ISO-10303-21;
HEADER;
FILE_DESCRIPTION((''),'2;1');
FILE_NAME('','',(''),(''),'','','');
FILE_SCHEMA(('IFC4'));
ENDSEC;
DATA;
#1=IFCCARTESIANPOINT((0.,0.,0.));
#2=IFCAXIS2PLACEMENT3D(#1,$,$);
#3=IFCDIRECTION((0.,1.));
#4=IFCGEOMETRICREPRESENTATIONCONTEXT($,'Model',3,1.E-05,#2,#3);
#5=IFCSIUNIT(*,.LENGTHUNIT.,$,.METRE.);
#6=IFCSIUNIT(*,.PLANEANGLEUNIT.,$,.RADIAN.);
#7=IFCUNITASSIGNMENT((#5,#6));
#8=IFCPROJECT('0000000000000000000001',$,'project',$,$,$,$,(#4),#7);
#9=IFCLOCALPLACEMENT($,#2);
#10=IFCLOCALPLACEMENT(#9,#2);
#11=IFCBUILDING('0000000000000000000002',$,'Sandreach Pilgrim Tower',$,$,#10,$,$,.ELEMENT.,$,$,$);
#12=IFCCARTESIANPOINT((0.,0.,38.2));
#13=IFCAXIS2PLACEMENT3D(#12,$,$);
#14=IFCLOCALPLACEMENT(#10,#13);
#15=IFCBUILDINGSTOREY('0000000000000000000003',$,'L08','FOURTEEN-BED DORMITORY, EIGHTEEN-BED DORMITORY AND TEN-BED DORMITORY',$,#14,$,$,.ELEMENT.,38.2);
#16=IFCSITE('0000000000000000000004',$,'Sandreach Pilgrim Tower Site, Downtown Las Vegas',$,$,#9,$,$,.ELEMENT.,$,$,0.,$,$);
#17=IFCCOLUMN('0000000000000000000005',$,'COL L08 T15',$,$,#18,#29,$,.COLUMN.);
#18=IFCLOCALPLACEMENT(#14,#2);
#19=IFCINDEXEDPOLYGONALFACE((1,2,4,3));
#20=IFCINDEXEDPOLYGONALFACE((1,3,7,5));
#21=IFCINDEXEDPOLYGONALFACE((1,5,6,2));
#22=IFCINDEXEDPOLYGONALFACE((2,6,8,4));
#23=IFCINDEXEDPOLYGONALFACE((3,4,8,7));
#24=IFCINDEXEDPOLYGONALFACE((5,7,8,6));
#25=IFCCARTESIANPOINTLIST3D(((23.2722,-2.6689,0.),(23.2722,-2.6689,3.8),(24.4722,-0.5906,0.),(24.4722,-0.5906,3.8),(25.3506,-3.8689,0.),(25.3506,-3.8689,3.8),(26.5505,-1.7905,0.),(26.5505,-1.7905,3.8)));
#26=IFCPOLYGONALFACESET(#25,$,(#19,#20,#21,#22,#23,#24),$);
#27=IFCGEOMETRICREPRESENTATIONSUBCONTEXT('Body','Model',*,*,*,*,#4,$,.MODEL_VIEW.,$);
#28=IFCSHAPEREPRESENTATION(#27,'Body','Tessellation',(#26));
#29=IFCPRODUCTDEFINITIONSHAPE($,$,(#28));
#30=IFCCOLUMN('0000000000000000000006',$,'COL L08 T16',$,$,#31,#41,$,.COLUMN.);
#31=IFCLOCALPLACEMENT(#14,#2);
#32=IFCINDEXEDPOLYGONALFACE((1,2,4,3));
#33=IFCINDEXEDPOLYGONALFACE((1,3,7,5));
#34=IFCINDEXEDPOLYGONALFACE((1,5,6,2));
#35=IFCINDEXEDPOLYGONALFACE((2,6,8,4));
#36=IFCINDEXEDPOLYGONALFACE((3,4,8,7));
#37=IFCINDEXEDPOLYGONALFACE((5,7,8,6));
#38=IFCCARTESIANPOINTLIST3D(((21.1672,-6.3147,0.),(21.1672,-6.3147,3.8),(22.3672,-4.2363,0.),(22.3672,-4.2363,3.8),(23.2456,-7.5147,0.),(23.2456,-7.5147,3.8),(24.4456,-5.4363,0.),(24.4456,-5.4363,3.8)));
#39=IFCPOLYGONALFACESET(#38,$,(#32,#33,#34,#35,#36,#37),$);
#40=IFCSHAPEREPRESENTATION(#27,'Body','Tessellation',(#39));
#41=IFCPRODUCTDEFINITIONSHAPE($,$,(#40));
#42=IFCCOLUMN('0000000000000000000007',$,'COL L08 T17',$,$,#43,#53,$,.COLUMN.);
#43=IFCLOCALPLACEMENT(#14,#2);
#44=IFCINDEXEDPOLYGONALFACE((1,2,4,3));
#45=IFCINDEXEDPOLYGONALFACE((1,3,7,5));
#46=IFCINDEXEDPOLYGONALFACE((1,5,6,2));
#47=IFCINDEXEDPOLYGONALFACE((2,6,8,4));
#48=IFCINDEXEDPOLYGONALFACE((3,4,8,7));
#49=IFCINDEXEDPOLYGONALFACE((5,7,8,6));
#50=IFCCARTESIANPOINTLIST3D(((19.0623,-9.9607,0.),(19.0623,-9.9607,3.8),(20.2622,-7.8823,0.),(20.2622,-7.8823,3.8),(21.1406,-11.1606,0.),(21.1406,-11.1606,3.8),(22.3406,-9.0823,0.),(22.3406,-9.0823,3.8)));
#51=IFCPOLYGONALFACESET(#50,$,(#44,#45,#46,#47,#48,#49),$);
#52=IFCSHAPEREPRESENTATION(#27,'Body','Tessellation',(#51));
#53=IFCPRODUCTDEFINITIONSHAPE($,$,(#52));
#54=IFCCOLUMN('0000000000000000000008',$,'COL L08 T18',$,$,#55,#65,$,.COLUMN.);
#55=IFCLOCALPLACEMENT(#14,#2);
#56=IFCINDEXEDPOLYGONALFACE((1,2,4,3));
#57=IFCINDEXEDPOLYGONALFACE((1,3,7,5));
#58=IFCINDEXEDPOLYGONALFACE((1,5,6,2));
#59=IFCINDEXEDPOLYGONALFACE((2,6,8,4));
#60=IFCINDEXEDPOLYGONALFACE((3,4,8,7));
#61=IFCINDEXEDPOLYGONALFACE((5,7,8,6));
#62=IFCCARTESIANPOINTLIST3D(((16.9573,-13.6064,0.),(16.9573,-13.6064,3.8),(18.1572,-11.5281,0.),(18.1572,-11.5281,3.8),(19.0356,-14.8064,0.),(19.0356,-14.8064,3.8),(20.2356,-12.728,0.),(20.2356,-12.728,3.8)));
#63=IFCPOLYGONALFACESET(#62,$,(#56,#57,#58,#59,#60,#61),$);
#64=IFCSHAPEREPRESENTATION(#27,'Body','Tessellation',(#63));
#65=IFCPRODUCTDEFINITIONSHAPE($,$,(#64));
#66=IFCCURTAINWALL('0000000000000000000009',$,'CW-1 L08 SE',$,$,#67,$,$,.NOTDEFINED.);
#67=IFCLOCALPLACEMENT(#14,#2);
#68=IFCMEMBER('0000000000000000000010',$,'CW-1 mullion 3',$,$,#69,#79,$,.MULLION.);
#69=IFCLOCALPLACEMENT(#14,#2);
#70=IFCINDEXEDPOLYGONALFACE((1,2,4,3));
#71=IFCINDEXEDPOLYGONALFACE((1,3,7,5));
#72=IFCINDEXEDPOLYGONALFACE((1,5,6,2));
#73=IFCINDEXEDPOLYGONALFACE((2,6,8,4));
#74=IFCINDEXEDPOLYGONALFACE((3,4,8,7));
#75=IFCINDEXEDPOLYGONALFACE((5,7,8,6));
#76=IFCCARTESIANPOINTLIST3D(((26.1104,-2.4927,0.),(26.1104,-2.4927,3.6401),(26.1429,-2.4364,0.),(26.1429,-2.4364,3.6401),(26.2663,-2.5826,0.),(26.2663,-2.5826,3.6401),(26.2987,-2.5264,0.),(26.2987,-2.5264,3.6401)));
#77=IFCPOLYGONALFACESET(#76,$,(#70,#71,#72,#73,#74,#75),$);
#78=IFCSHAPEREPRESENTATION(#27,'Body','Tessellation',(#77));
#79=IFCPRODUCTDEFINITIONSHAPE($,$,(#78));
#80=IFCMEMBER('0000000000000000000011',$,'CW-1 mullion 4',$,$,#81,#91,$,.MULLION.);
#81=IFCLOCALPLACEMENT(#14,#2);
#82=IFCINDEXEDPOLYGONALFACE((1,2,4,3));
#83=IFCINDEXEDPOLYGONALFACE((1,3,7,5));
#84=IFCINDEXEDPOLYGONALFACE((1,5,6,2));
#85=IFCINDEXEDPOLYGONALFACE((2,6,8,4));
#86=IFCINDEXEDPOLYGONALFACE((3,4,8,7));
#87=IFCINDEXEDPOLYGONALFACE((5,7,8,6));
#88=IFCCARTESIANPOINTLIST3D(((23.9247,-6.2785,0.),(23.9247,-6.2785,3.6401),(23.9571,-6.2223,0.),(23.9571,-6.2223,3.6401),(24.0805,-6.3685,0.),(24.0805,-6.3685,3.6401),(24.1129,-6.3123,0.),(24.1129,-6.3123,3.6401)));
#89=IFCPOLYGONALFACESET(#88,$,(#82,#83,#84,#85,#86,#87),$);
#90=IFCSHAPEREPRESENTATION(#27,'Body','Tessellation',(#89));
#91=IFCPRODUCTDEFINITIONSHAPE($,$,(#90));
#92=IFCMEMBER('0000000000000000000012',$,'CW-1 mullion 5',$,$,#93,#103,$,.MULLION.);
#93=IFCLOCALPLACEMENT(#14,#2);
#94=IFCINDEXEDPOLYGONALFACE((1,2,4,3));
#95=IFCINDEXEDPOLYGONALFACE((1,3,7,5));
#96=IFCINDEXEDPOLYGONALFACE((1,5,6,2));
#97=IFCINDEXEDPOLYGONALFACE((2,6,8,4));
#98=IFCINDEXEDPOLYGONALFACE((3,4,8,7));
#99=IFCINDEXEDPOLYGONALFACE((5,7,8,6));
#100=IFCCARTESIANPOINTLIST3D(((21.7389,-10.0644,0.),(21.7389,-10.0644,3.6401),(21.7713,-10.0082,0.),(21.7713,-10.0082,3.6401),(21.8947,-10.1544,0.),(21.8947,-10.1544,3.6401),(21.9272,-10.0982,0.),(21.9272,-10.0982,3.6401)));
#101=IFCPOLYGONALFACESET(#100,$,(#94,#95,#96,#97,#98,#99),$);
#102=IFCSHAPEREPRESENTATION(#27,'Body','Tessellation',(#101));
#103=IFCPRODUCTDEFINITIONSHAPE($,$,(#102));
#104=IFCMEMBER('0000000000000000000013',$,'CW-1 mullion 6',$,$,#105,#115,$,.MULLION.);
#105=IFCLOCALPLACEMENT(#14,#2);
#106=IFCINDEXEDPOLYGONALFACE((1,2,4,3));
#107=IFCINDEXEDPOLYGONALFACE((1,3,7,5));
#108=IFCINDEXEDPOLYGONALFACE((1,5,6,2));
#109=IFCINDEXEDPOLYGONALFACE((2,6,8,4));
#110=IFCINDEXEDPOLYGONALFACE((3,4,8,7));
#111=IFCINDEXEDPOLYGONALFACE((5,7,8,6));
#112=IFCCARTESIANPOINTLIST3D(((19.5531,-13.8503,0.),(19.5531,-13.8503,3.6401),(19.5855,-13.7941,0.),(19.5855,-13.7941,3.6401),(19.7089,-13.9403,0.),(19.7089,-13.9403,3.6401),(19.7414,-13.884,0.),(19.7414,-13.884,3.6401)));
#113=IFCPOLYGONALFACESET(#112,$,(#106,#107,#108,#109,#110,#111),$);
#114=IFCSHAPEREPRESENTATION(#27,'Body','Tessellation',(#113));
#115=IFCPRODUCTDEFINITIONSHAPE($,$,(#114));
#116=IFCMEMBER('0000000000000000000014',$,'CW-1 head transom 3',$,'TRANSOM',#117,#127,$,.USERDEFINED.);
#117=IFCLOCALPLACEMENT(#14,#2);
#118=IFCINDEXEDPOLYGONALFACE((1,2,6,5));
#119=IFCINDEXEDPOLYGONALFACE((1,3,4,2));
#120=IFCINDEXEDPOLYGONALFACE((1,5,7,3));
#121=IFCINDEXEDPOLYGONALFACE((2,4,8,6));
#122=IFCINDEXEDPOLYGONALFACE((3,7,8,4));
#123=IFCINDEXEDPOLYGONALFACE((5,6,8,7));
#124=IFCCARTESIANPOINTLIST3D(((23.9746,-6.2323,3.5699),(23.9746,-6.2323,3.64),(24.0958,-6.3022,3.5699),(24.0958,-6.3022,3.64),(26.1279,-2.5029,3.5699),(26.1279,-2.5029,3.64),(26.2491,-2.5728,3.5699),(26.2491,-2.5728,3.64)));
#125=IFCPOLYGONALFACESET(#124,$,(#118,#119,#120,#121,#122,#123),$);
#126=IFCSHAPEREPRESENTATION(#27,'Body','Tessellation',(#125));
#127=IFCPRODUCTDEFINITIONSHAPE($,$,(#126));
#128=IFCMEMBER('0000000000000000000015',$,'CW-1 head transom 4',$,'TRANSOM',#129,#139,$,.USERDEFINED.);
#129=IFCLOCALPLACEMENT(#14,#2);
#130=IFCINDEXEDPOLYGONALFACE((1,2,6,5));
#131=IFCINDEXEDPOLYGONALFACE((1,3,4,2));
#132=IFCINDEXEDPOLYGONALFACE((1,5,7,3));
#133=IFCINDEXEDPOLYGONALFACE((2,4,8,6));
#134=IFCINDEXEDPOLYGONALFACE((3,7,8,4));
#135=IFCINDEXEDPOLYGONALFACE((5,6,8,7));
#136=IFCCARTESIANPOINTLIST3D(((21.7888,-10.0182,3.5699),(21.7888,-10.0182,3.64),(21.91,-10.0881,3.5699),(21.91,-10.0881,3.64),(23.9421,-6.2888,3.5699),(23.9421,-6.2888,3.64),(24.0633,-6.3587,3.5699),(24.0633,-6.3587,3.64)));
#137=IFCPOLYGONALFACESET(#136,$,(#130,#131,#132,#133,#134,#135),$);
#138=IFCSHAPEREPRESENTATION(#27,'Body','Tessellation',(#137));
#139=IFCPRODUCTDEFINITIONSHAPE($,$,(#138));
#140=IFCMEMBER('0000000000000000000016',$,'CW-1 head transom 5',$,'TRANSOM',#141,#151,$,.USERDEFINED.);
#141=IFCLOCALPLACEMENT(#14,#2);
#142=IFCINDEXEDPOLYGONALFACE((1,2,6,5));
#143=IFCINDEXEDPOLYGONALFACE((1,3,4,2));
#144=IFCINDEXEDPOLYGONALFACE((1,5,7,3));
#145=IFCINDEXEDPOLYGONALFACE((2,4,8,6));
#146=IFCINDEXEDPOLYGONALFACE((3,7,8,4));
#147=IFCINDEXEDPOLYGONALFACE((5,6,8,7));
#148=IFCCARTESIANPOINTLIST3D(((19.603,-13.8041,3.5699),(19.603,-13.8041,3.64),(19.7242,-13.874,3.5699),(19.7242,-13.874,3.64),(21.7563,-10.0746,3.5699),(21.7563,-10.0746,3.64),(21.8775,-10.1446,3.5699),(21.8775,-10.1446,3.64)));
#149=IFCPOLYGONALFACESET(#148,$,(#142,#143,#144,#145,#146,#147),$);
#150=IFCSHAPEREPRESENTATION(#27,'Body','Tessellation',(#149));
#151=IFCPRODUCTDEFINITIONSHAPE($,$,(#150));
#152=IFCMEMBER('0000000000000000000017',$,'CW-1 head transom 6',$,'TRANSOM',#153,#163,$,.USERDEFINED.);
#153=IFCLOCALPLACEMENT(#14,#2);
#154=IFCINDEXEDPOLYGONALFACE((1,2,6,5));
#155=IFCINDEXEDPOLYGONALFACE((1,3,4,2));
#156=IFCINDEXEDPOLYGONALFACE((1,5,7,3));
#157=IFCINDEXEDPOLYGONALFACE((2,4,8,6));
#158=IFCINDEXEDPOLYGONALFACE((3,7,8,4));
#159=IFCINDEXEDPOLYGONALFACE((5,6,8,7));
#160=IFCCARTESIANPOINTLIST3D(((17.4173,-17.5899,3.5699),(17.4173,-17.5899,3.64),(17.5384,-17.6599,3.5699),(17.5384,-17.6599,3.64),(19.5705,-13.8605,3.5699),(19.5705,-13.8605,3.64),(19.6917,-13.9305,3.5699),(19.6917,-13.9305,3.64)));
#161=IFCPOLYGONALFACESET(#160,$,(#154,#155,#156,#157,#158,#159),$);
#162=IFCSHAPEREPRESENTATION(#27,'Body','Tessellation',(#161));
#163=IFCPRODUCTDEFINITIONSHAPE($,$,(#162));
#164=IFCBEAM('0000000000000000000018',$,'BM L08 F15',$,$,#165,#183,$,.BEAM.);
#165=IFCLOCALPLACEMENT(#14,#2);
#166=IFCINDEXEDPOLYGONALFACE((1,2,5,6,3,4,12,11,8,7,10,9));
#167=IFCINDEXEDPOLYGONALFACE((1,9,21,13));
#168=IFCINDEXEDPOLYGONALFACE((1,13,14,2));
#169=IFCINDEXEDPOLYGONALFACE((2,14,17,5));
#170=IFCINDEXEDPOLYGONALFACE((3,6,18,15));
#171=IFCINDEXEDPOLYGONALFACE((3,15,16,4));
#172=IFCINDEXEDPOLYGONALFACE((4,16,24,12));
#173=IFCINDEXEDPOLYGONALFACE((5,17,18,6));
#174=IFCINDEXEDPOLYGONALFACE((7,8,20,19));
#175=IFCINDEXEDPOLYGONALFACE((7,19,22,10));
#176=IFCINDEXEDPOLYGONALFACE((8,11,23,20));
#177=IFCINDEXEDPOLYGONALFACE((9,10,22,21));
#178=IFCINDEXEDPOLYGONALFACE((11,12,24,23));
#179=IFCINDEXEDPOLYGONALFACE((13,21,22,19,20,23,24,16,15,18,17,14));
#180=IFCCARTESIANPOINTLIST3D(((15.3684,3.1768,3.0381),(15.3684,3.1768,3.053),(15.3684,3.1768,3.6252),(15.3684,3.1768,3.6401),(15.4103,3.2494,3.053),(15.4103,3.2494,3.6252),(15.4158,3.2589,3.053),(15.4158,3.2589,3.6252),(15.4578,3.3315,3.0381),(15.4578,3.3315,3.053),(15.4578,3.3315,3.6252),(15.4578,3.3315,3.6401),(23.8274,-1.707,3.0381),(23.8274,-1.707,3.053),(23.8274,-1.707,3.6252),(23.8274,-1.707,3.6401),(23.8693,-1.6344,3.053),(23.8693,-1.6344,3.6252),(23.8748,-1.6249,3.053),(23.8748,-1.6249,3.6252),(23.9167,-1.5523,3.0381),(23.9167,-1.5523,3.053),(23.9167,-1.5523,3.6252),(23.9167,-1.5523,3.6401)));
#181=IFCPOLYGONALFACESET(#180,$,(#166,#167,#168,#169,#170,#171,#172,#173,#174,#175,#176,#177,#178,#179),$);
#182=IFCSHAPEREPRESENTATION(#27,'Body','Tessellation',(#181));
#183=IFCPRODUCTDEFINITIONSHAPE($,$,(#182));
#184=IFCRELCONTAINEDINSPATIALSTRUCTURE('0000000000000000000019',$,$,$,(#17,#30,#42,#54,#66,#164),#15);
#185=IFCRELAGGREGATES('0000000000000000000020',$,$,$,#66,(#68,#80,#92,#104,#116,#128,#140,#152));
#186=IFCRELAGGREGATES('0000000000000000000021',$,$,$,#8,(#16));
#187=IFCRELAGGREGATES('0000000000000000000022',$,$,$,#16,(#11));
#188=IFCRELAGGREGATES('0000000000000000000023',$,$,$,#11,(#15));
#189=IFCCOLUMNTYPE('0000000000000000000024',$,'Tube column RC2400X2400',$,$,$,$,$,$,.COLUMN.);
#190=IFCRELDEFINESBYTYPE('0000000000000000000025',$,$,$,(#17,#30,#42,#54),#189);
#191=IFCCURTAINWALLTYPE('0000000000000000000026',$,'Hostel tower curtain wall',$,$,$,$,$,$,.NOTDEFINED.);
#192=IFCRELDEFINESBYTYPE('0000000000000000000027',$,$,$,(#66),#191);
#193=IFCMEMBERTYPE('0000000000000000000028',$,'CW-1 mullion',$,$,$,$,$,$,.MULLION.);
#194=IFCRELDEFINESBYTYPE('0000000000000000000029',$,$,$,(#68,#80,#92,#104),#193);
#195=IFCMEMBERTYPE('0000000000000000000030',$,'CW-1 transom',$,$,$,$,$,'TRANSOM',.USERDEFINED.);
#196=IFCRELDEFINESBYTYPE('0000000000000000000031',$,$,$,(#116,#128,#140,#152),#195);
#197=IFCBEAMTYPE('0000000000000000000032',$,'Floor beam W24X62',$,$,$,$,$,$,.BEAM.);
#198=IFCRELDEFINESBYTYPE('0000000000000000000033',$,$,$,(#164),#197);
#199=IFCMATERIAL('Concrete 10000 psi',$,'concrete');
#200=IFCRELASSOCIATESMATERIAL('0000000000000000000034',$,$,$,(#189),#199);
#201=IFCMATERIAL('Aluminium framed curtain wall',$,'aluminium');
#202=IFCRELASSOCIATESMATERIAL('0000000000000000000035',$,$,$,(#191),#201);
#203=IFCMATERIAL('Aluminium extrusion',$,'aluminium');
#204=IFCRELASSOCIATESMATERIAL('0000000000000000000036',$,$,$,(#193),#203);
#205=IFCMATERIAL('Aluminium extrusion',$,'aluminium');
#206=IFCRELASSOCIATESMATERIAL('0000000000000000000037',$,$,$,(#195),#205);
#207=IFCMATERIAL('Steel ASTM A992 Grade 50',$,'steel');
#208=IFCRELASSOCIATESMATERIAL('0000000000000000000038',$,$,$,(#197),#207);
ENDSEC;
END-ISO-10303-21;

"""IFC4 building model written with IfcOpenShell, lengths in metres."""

from ifc_helpers import new_model, si_unit, direction, frame, origin, origin_2d, place, context, subcontext, project, spatial, rectangle, i_section, extrude, material, material_profile, profile_set, type_object, element, aggregate, save


model = new_model("IFC4")

# Units and contexts
model_context = context("Model", 3, precision=1e-05, world=origin(), true_north=direction((0.0, 1.0)))
body_context = subcontext(model_context, "Body", "Model", "MODEL_VIEW")
ifc_project = project(units=[si_unit("LENGTHUNIT", "METRE"), si_unit("PLANEANGLEUNIT", "RADIAN")], contexts=[model_context])

# Site, building, storey
site_placement = place(None, origin())
site = spatial("IfcSite", under=ifc_project, at=site_placement, Name="Sandreach Pilgrim Tower Site, Downtown Las Vegas", CompositionType="ELEMENT", RefElevation=0.0)
building_placement = place(site_placement, origin())
building = spatial("IfcBuilding", under=site, at=building_placement, Name="Sandreach Pilgrim Tower", CompositionType="ELEMENT")
storey_placement = place(building_placement, frame((0.0, 0.0, 38.2)))
storey = spatial("IfcBuildingStorey", under=building, at=storey_placement, Name="L08", Description="FOURTEEN-BED DORMITORY, EIGHTEEN-BED DORMITORY AND TEN-BED DORMITORY", CompositionType="ELEMENT", Elevation=38.2)

# Columns
ifc_material_1 = material(Name="Concrete 10000 psi", Category="concrete")
ifc_material_profile_1 = material_profile(ifc_material_1, rectangle(XDim=2.3999, YDim=2.3999, at=origin_2d()), Name="RC2400X2400")
ifc_profile_set_1 = profile_set([ifc_material_profile_1], Name="Concrete 10000 psi")
column_type = type_object("IfcColumnType", Name="Tube column RC2400X2400", PredefinedType="COLUMN", material=ifc_profile_set_1)
for number, where, z_axis, x_axis, name in (
    (1, (24.9114, -2.2297, 0.0), (0.0, 0.0, 1.0), (0.866025, -0.5, 0.0), "COL L08 T15"),
    (2, (22.8064, -5.8755, 0.0), (0.0, 0.0, 1.0), (0.866025, -0.5, 0.0), "COL L08 T16"),
    (3, (20.7014, -9.5215, 0.0), (0.0, 0.0, 1.0), (0.866025, -0.5, 0.0), "COL L08 T17"),
    (4, (18.5964, -13.1672, 0.0), (0.0, 0.0, 1.0), (0.866025, -0.5, 0.0), "COL L08 T18"),
):
    element("IfcColumn", number, at=place(storey_placement, frame(where, z_axis=z_axis, x_axis=x_axis)), inside=storey, type_object=column_type, Name=name, PredefinedType="COLUMN", context=body_context, shape_type="SweptSolid", body=[
        extrude(rectangle(XDim=2.3999, YDim=2.3999, at=origin_2d()), origin(), (0.0, 0.0, 1.0), 3.8),
    ])

# Curtain wall, members
ifc_material_2 = material(Name="Aluminium framed curtain wall", Category="aluminium")
curtain_wall_type = type_object("IfcCurtainWallType", Name="Hostel tower curtain wall", PredefinedType="NOTDEFINED", material=ifc_material_2)
curtain_wall_placement = place(storey_placement, origin())
curtain_wall = element("IfcCurtainWall", 5, at=curtain_wall_placement, inside=storey, type_object=curtain_wall_type, Name="CW-1 L08 SE", PredefinedType="NOTDEFINED")
ifc_material_3 = material(Name="Aluminium extrusion", Category="aluminium")
ifc_material_profile_2 = material_profile(ifc_material_3, rectangle(XDim=0.0649, YDim=0.1799, at=origin_2d()), Name="CW-1M 65X180")
ifc_profile_set_2 = profile_set([ifc_material_profile_2], Name="Aluminium extrusion")
member_type_1 = type_object("IfcMemberType", Name="CW-1 mullion", PredefinedType="MULLION", material=ifc_profile_set_2)
member_1_placement = place(storey_placement, frame((26.2046, -2.5095, 0.0), z_axis=(0.0, 0.0, 1.0), x_axis=(-0.5, -0.866025, 0.0)))
member_1 = element("IfcMember", 6, at=member_1_placement, type_object=member_type_1, Name="CW-1 mullion 3", PredefinedType="MULLION", context=body_context, shape_type="SweptSolid", body=[
    extrude(rectangle(XDim=0.0649, YDim=0.1799, at=origin_2d()), origin(), (0.0, 0.0, 1.0), 3.6401),
])
member_2_placement = place(storey_placement, frame((24.0188, -6.2954, 0.0), z_axis=(0.0, 0.0, 1.0), x_axis=(-0.5, -0.866025, 0.0)))
member_2 = element("IfcMember", 7, at=member_2_placement, type_object=member_type_1, Name="CW-1 mullion 4", PredefinedType="MULLION", context=body_context, shape_type="SweptSolid", body=[
    extrude(rectangle(XDim=0.0649, YDim=0.1799, at=origin_2d()), origin(), (0.0, 0.0, 1.0), 3.6401),
])
member_3_placement = place(storey_placement, frame((21.833, -10.0813, 0.0), z_axis=(0.0, 0.0, 1.0), x_axis=(-0.5, -0.866025, 0.0)))
member_3 = element("IfcMember", 8, at=member_3_placement, type_object=member_type_1, Name="CW-1 mullion 5", PredefinedType="MULLION", context=body_context, shape_type="SweptSolid", body=[
    extrude(rectangle(XDim=0.0649, YDim=0.1799, at=origin_2d()), origin(), (0.0, 0.0, 1.0), 3.6401),
])
member_4_placement = place(storey_placement, frame((19.6472, -13.8672, 0.0), z_axis=(0.0, 0.0, 1.0), x_axis=(-0.5, -0.866025, 0.0)))
member_4 = element("IfcMember", 9, at=member_4_placement, type_object=member_type_1, Name="CW-1 mullion 6", PredefinedType="MULLION", context=body_context, shape_type="SweptSolid", body=[
    extrude(rectangle(XDim=0.0649, YDim=0.1799, at=origin_2d()), origin(), (0.0, 0.0, 1.0), 3.6401),
])
ifc_material_4 = material(Name="Aluminium extrusion", Category="aluminium")
ifc_material_profile_3 = material_profile(ifc_material_4, rectangle(XDim=0.1399, YDim=0.0701, at=origin_2d()), Name="CW-1T 140X70")
ifc_profile_set_3 = profile_set([ifc_material_profile_3], Name="Aluminium extrusion")
member_type_2 = type_object("IfcMemberType", Name="CW-1 transom", ElementType="TRANSOM", PredefinedType="USERDEFINED", material=ifc_profile_set_3)
member_5_placement = place(storey_placement, frame((26.1885, -2.5378, 3.605), z_axis=(-0.500017, -0.866016, 0.0), x_axis=(0.866016, -0.500017, 0.0)))
member_5 = element("IfcMember", 10, at=member_5_placement, type_object=member_type_2, Name="CW-1 head transom 3", ObjectType="TRANSOM", PredefinedType="USERDEFINED", context=body_context, shape_type="SweptSolid", body=[
    extrude(rectangle(XDim=0.1399, YDim=0.0701, at=origin_2d()), origin(), (0.0, 0.0, 1.0), 4.3064),
])
member_6_placement = place(storey_placement, frame((24.0027, -6.3237, 3.605), z_axis=(-0.500017, -0.866016, 0.0), x_axis=(0.866016, -0.500017, 0.0)))
member_6 = element("IfcMember", 11, at=member_6_placement, type_object=member_type_2, Name="CW-1 head transom 4", ObjectType="TRANSOM", PredefinedType="USERDEFINED", context=body_context, shape_type="SweptSolid", body=[
    extrude(rectangle(XDim=0.1399, YDim=0.0701, at=origin_2d()), origin(), (0.0, 0.0, 1.0), 4.3064),
])
member_7_placement = place(storey_placement, frame((21.8169, -10.1096, 3.605), z_axis=(-0.500017, -0.866016, 0.0), x_axis=(0.866016, -0.500017, 0.0)))
member_7 = element("IfcMember", 12, at=member_7_placement, type_object=member_type_2, Name="CW-1 head transom 5", ObjectType="TRANSOM", PredefinedType="USERDEFINED", context=body_context, shape_type="SweptSolid", body=[
    extrude(rectangle(XDim=0.1399, YDim=0.0701, at=origin_2d()), origin(), (0.0, 0.0, 1.0), 4.3064),
])
member_8_placement = place(storey_placement, frame((19.6311, -13.8955, 3.605), z_axis=(-0.500017, -0.866016, 0.0), x_axis=(0.866016, -0.500017, 0.0)))
member_8 = element("IfcMember", 13, at=member_8_placement, type_object=member_type_2, Name="CW-1 head transom 6", ObjectType="TRANSOM", PredefinedType="USERDEFINED", context=body_context, shape_type="SweptSolid", body=[
    extrude(rectangle(XDim=0.1399, YDim=0.0701, at=origin_2d()), origin(), (0.0, 0.0, 1.0), 4.3064),
])

# Beam
ifc_material_5 = material(Name="Steel ASTM A992 Grade 50", Category="steel")
ifc_material_profile_4 = material_profile(ifc_material_5, i_section(OverallWidth=0.1787, OverallDepth=0.6021, WebThickness=0.011, FlangeThickness=0.0149, at=origin_2d()), Name="W24X62")
ifc_profile_set_4 = profile_set([ifc_material_profile_4], Name="Steel ASTM A992 Grade 50")
beam_type_1 = type_object("IfcBeamType", Name="Floor beam W24X62", PredefinedType="BEAM", material=ifc_profile_set_4)
beam_1_placement = place(storey_placement, frame((23.8721, -1.6296, 3.3391), z_axis=(-0.866026, 0.499999, 0.0), x_axis=(-0.499999, -0.866026, 0.0)))
element("IfcBeam", 14, at=beam_1_placement, inside=storey, type_object=beam_type_1, Name="BM L08 F15", PredefinedType="BEAM", context=body_context, shape_type="SweptSolid", body=[
    extrude(i_section(OverallWidth=0.1787, OverallDepth=0.6021, WebThickness=0.011, FlangeThickness=0.0149, at=origin_2d()), origin(), (0.0, 0.0, 1.0), 9.7676),
])

aggregate(curtain_wall, [member_1, member_2, member_3, member_4, member_5, member_6, member_7, member_8])

save(model, "model.ifc")
